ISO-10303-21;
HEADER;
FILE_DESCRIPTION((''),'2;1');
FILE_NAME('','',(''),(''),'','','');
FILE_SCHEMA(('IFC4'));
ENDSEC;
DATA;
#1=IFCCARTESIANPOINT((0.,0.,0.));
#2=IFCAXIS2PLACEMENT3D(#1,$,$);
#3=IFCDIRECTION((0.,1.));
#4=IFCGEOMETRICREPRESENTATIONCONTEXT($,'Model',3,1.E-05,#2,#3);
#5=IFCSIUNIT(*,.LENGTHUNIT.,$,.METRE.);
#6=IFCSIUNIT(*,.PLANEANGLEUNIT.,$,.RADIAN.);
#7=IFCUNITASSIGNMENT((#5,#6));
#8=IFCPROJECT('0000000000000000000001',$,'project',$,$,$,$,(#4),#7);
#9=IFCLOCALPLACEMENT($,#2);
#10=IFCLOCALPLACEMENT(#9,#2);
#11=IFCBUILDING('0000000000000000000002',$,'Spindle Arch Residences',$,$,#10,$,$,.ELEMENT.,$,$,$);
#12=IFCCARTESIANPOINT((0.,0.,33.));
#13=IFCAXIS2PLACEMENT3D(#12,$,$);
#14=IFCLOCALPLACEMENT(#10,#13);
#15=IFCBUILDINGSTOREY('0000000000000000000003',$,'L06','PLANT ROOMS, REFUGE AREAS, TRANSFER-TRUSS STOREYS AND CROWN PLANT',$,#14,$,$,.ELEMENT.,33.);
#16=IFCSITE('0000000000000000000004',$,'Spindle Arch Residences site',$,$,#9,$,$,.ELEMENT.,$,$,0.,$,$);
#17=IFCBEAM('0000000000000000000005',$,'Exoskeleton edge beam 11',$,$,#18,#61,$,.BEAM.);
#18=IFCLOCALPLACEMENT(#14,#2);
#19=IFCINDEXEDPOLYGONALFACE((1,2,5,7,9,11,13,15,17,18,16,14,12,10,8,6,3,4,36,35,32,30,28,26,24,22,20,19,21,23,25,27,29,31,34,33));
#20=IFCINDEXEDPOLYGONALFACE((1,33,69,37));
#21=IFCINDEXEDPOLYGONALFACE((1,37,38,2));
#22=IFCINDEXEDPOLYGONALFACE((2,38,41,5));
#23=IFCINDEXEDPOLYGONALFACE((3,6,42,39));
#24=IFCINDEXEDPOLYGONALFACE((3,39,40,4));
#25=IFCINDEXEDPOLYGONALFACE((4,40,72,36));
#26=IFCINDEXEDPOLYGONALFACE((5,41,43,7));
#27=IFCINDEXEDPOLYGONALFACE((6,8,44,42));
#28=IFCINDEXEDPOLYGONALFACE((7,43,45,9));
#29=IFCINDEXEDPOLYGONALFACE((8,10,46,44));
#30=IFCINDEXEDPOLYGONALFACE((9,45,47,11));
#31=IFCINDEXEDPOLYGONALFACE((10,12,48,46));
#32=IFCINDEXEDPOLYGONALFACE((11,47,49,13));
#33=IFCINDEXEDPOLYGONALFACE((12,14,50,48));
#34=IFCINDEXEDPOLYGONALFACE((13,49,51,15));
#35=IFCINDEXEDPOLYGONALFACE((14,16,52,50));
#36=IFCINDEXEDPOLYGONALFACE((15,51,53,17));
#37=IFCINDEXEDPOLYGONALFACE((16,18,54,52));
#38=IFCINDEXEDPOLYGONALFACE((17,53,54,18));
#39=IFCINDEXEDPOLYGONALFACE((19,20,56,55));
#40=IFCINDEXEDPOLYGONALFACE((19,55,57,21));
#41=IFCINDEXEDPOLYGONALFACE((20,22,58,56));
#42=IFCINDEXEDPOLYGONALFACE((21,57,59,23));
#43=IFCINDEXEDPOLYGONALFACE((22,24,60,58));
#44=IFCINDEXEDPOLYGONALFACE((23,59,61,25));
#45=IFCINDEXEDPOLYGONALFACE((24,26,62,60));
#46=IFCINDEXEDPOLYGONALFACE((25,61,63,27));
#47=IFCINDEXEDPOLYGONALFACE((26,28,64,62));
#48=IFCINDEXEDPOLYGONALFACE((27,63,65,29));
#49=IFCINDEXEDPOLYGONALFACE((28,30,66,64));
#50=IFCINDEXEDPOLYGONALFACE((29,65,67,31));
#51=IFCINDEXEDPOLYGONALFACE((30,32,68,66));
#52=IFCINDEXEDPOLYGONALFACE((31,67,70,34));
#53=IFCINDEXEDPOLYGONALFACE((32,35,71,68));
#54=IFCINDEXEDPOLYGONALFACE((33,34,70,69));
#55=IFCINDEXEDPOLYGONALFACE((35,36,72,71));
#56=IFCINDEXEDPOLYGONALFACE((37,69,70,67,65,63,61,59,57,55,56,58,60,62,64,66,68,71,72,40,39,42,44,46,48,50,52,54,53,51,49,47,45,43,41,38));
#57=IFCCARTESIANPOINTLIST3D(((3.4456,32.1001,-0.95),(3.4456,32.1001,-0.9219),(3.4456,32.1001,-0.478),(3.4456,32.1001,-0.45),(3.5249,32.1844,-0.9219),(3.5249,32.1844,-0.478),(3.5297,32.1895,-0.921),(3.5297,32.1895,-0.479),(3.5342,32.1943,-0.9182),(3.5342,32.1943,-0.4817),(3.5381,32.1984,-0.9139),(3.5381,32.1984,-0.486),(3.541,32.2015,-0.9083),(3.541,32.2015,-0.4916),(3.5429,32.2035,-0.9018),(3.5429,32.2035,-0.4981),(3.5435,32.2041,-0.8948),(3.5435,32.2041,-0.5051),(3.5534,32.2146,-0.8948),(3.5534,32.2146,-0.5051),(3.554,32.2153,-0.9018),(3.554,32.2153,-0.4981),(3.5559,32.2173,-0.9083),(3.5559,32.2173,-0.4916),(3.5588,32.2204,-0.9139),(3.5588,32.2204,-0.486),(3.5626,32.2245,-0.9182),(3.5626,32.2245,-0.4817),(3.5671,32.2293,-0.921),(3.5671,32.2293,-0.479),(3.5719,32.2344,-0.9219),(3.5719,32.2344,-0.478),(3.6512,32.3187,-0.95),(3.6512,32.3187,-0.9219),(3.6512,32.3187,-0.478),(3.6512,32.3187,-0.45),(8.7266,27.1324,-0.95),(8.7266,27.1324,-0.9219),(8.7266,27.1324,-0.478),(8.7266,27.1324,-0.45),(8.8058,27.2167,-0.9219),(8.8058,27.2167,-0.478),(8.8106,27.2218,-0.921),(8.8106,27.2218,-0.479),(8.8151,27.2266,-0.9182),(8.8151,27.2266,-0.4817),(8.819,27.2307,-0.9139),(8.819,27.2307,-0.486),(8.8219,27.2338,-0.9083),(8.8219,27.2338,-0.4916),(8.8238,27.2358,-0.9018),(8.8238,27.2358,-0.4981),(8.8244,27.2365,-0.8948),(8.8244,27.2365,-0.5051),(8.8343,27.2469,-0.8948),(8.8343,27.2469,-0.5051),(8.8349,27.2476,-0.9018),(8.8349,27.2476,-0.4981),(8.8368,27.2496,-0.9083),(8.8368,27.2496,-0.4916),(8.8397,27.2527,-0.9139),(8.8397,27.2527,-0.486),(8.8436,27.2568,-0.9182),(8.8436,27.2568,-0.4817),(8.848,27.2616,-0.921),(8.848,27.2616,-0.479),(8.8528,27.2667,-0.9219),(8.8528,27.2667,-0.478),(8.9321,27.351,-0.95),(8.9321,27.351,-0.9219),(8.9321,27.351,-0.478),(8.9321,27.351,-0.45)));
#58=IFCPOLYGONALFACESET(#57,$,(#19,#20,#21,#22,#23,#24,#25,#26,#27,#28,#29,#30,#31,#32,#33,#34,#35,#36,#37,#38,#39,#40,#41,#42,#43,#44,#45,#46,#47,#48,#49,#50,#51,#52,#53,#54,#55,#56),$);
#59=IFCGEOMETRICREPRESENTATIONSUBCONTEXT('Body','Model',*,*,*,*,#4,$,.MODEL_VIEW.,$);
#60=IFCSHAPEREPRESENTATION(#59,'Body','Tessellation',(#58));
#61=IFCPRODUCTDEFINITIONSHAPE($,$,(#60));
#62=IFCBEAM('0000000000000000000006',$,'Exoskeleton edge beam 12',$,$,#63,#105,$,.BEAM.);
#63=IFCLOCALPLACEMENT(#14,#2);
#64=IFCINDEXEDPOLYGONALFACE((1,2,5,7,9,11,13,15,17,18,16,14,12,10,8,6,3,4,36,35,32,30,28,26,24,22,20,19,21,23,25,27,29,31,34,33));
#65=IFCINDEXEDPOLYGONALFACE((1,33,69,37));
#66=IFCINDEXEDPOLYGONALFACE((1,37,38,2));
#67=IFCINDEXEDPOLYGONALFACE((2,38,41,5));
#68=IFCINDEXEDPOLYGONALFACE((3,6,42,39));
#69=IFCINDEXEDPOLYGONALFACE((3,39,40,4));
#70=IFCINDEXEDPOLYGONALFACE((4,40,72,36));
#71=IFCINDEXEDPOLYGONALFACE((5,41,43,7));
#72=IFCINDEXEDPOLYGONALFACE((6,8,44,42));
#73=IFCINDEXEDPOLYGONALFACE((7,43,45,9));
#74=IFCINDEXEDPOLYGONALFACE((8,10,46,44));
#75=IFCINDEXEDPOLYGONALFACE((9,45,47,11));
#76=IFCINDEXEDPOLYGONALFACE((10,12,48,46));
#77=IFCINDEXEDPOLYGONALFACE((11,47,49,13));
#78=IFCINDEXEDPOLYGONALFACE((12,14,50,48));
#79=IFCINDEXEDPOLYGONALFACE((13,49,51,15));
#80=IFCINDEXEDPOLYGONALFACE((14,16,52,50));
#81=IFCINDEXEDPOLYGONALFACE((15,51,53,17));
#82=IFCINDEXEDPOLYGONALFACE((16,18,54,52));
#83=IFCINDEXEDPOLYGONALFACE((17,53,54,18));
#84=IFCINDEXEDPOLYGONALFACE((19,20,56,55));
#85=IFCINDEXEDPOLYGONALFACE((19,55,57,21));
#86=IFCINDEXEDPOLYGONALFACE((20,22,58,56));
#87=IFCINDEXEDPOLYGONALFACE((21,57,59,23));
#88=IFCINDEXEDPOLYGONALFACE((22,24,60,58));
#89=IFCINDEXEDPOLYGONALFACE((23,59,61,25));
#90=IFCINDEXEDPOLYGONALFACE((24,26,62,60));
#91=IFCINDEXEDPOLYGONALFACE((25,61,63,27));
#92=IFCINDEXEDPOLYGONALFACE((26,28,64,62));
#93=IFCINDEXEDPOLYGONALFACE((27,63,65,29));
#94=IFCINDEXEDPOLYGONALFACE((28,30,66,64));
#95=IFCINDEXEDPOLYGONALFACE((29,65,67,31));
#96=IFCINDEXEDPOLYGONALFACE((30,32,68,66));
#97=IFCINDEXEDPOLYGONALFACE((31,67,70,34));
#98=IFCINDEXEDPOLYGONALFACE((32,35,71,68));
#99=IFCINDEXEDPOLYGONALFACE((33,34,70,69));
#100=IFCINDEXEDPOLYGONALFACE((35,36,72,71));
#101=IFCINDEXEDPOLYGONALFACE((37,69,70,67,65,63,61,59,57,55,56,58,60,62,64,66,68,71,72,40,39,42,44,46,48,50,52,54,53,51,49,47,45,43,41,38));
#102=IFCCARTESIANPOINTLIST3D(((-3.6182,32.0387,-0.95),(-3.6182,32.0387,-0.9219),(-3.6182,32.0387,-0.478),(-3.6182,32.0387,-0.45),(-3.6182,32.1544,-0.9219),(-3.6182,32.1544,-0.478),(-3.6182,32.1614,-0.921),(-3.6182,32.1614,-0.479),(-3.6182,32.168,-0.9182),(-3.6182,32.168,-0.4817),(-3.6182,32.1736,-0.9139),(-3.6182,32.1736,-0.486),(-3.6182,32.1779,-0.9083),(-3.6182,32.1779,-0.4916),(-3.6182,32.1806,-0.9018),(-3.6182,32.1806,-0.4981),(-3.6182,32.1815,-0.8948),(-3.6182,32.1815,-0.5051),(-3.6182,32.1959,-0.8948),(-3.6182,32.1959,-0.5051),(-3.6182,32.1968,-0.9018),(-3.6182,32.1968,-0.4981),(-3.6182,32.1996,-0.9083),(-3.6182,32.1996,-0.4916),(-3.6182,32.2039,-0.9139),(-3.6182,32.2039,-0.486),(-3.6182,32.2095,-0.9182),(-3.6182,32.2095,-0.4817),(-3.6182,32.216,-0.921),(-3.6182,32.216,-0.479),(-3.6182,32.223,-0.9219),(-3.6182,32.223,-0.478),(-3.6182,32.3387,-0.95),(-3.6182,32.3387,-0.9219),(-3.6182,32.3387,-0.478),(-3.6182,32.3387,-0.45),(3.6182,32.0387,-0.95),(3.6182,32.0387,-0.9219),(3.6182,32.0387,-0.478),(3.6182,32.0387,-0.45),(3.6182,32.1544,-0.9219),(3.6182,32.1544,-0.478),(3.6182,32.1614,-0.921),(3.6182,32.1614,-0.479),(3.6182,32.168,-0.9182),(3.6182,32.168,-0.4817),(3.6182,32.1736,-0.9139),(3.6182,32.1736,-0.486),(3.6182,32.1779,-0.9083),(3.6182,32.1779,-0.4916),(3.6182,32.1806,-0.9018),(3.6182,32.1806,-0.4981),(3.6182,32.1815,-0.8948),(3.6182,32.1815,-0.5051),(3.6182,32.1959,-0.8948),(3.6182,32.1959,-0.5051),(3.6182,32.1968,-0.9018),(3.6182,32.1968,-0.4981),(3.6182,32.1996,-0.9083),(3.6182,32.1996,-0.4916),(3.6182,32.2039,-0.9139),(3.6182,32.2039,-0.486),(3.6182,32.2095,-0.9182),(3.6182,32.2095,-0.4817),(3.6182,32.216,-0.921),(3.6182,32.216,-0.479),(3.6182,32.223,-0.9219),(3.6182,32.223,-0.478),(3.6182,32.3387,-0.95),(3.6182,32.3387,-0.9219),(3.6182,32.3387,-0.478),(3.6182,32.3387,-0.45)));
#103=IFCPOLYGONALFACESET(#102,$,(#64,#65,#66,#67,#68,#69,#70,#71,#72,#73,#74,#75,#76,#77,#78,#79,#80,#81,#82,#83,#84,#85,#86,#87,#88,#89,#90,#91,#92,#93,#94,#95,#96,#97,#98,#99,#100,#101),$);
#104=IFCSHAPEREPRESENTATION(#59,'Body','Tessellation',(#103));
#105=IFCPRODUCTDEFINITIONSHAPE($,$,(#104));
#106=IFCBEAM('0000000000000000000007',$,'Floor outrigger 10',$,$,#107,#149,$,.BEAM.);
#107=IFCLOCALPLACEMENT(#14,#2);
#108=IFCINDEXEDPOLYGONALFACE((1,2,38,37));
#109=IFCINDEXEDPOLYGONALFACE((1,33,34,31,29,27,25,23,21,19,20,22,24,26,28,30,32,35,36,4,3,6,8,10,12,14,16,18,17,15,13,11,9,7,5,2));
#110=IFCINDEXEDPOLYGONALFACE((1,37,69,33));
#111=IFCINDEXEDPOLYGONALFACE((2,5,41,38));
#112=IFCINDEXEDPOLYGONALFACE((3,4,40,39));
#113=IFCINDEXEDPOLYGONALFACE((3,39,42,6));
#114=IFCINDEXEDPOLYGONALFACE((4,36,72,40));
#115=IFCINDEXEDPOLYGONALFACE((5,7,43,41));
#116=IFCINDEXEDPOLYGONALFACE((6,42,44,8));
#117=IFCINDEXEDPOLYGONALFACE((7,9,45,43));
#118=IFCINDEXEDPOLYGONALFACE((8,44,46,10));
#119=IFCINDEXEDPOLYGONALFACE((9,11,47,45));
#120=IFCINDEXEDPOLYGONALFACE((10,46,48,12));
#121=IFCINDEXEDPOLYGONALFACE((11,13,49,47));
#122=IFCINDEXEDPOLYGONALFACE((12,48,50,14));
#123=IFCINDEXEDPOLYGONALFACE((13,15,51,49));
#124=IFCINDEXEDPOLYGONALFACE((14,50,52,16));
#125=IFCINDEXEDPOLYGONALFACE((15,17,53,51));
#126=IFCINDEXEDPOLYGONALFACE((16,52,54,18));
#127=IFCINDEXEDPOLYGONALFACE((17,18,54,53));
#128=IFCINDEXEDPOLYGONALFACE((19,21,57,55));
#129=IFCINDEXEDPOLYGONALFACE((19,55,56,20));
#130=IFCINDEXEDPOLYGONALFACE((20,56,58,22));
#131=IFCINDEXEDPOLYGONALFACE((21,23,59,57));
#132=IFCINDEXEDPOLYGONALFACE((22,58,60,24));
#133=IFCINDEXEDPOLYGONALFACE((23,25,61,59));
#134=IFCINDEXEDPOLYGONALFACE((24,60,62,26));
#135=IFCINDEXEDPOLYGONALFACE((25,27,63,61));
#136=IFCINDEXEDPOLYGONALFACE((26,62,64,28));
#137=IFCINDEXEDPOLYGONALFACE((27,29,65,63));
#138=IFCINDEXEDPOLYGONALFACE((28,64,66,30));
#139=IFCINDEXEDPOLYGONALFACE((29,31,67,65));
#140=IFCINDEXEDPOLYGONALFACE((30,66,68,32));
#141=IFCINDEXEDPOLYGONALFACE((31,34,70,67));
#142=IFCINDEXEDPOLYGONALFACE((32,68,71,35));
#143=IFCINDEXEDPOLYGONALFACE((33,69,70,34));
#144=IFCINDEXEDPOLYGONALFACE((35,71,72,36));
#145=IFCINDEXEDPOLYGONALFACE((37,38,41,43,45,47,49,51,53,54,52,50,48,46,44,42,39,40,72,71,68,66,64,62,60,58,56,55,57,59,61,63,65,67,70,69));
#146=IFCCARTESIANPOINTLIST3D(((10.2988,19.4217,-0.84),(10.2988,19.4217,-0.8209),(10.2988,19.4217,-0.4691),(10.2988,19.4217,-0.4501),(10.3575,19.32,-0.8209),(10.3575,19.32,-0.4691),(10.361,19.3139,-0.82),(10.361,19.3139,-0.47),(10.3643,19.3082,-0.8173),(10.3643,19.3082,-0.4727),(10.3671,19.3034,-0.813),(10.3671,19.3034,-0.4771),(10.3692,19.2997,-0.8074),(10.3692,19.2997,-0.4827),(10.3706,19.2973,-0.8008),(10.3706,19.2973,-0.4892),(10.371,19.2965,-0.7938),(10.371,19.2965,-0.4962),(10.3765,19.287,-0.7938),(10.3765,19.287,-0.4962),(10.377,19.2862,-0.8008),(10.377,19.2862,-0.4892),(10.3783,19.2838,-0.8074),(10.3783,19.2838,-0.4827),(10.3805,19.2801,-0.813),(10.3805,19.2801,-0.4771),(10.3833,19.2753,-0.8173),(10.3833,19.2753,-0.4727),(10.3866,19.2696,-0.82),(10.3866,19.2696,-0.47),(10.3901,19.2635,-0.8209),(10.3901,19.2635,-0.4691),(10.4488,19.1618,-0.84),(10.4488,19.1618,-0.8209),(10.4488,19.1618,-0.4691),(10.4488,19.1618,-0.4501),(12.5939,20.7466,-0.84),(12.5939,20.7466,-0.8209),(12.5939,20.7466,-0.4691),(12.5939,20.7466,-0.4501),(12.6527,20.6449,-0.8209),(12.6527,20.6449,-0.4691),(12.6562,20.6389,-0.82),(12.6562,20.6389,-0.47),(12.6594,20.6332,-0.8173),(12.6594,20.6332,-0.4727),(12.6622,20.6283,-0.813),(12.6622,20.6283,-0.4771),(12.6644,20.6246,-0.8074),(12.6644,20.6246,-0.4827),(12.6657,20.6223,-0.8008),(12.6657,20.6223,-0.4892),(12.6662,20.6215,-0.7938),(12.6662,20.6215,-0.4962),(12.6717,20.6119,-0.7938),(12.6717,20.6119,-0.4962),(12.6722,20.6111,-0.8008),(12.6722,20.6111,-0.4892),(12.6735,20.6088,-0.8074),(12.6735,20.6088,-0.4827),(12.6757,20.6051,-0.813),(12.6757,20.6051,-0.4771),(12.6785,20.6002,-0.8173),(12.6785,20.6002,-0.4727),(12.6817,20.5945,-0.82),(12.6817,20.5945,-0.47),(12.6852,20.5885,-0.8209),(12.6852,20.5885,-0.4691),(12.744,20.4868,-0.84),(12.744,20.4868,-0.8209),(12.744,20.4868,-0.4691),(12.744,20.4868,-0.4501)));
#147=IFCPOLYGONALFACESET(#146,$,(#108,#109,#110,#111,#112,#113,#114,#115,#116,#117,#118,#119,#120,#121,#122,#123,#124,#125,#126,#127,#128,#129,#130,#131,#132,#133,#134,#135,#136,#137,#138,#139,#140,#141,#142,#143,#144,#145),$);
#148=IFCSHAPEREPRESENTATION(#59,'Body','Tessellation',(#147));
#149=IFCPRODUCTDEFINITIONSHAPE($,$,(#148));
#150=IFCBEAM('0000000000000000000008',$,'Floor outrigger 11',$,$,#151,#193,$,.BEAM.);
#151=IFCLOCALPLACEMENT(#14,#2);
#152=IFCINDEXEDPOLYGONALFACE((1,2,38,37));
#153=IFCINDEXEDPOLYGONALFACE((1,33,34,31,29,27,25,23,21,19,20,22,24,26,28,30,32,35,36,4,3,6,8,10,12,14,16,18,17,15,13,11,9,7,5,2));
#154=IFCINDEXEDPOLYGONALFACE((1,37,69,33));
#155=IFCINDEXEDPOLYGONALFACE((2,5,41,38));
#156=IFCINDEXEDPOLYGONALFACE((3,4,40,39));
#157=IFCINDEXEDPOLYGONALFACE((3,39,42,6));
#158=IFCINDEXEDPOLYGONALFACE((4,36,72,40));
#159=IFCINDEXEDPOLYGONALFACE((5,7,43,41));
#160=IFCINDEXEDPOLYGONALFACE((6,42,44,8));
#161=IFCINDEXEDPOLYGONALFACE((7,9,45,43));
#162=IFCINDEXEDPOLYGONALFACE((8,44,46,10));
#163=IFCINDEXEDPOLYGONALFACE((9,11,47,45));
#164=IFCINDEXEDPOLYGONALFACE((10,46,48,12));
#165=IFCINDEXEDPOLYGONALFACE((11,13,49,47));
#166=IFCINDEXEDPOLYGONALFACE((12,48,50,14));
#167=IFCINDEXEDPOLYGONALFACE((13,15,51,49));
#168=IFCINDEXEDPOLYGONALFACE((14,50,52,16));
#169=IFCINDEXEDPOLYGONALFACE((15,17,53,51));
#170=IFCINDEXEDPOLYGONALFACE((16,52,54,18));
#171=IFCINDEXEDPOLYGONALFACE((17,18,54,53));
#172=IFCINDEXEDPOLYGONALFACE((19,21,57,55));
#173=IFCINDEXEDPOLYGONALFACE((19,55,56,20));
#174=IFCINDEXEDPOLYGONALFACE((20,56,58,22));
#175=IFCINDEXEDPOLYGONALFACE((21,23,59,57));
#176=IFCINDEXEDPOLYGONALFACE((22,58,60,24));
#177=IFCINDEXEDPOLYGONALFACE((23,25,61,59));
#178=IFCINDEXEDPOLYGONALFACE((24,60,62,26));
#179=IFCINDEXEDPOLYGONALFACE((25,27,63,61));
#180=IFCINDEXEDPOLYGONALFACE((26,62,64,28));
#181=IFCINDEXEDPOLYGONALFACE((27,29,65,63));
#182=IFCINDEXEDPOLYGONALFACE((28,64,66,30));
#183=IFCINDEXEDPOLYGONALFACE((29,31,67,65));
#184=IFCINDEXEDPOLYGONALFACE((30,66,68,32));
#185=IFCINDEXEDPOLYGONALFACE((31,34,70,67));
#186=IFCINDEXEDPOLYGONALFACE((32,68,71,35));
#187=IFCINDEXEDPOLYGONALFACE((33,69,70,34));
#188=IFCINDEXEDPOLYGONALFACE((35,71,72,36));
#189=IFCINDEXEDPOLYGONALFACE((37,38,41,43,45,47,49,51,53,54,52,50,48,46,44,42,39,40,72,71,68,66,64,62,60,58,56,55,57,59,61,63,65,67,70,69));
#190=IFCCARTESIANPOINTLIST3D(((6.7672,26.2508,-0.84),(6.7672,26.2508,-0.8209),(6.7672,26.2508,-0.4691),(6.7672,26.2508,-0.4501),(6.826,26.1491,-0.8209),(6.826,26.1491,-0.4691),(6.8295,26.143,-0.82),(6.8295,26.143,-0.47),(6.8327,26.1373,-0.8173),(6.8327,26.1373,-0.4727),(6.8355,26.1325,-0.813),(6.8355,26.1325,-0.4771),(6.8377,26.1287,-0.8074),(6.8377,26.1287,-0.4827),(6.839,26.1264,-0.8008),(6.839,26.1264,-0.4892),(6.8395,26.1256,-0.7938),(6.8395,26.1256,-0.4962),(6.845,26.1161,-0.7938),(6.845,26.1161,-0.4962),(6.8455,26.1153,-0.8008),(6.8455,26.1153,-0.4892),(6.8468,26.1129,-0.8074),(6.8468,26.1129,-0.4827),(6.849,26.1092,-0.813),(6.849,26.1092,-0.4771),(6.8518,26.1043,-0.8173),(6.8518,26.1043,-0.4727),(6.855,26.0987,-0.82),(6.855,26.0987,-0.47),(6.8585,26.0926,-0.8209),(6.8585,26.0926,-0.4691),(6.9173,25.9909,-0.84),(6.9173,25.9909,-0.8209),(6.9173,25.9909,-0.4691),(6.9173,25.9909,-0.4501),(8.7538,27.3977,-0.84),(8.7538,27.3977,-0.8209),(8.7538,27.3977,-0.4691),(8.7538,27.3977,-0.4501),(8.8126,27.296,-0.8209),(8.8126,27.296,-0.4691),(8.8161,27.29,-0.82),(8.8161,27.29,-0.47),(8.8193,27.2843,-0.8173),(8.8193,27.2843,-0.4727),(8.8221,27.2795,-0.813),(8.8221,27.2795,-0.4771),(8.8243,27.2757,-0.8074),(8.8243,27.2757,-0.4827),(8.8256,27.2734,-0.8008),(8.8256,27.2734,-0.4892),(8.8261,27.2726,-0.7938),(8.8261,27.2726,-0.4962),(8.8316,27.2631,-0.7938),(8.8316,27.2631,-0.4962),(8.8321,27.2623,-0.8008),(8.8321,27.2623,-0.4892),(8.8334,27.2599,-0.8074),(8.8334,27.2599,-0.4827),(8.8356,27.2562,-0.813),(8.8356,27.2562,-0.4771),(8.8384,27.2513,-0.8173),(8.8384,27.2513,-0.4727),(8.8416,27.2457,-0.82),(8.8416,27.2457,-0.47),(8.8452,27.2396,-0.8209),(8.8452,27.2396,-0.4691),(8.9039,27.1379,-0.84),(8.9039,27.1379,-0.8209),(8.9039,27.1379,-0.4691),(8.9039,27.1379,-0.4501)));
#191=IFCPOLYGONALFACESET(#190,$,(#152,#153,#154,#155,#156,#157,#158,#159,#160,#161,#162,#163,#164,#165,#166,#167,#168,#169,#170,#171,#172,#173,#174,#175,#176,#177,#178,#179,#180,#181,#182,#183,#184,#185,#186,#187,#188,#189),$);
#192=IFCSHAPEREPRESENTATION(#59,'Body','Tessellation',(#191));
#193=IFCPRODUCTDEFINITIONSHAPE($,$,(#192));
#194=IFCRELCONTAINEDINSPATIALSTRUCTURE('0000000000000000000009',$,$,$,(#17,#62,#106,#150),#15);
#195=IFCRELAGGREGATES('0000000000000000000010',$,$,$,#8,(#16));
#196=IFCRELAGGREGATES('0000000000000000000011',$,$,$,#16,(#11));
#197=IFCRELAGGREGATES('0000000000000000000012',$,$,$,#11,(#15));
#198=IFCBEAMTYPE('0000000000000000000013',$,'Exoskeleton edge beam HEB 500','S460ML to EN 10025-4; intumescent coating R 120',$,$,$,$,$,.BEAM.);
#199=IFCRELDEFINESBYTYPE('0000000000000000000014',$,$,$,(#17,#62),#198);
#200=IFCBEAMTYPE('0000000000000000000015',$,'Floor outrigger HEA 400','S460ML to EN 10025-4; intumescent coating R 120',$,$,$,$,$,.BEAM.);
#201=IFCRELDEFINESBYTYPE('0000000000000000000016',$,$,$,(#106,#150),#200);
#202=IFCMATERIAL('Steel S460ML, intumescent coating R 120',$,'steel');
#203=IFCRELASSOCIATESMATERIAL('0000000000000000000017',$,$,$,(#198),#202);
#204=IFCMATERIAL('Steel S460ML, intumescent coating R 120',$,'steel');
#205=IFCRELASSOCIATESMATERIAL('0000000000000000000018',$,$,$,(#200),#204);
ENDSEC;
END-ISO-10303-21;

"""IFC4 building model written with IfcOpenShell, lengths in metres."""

from ifc_helpers import new_model, si_unit, direction, frame, origin, origin_2d, place, context, subcontext, project, spatial, i_section, extrude, material, material_profile, profile_set, type_object, element, save


model = new_model("IFC4")

# Units and contexts
model_context = context("Model", 3, precision=1e-05, world=origin(), true_north=direction((0.0, 1.0)))
body_context = subcontext(model_context, "Body", "Model", "MODEL_VIEW")
ifc_project = project(units=[si_unit("LENGTHUNIT", "METRE"), si_unit("PLANEANGLEUNIT", "RADIAN")], contexts=[model_context])

# Site, building, storey
site_placement = place(None, origin())
site = spatial("IfcSite", under=ifc_project, at=site_placement, Name="Spindle Arch Residences site", CompositionType="ELEMENT", RefElevation=0.0)
building_placement = place(site_placement, origin())
building = spatial("IfcBuilding", under=site, at=building_placement, Name="Spindle Arch Residences", CompositionType="ELEMENT")
storey_placement = place(building_placement, frame((0.0, 0.0, 33.0)))
storey = spatial("IfcBuildingStorey", under=building, at=storey_placement, Name="L06", Description="PLANT ROOMS, REFUGE AREAS, TRANSFER-TRUSS STOREYS AND CROWN PLANT", CompositionType="ELEMENT", Elevation=33.0)

# Beams
ifc_material_1 = material(Name="Steel S460ML, intumescent coating R 120", Category="steel")
ifc_material_profile_1 = material_profile(ifc_material_1, i_section(OverallWidth=0.3, OverallDepth=0.5, WebThickness=0.0144, FlangeThickness=0.0281, FilletRadius=0.0271, at=origin_2d()), Name="HEB 500")
ifc_profile_set_1 = profile_set([ifc_material_profile_1], Name="Steel S460ML, intumescent coating R 120")
beam_type_1 = type_object("IfcBeamType", Name="Exoskeleton edge beam HEB 500", Description="S460ML to EN 10025-4; intumescent coating R 120", PredefinedType="BEAM", material=ifc_profile_set_1)
beam_1_placement = place(storey_placement, frame((8.8293, 27.2417, -0.7), z_axis=(-0.728378, 0.685176, 0.0), x_axis=(-0.685176, -0.728378, 0.0)))
element("IfcBeam", 1, at=beam_1_placement, inside=storey, type_object=beam_type_1, Name="Exoskeleton edge beam 11", PredefinedType="BEAM", context=body_context, shape_type="SweptSolid", body=[
    extrude(i_section(OverallWidth=0.3, OverallDepth=0.5, WebThickness=0.0144, FlangeThickness=0.0281, FilletRadius=0.0271, at=origin_2d()), origin(), (0.0, 0.0, 1.0), 7.2502),
])
beam_2_placement = place(storey_placement, frame((3.6182, 32.1887, -0.7), z_axis=(-1.0, 0.0, 0.0), x_axis=(0.0, -1.0, 0.0)))
element("IfcBeam", 2, at=beam_2_placement, inside=storey, type_object=beam_type_1, Name="Exoskeleton edge beam 12", PredefinedType="BEAM", context=body_context, shape_type="SweptSolid", body=[
    extrude(i_section(OverallWidth=0.3, OverallDepth=0.5, WebThickness=0.0144, FlangeThickness=0.0281, FilletRadius=0.0271, at=origin_2d()), origin(), (0.0, 0.0, 1.0), 7.2363),
])
ifc_material_2 = material(Name="Steel S460ML, intumescent coating R 120", Category="steel")
ifc_material_profile_2 = material_profile(ifc_material_2, i_section(OverallWidth=0.3, OverallDepth=0.3899, WebThickness=0.011, FlangeThickness=0.019, FilletRadius=0.0271, at=origin_2d()), Name="HEA 400")
ifc_profile_set_2 = profile_set([ifc_material_profile_2], Name="Steel S460ML, intumescent coating R 120")
beam_type_2 = type_object("IfcBeamType", Name="Floor outrigger HEA 400", Description="S460ML to EN 10025-4; intumescent coating R 120", PredefinedType="BEAM", material=ifc_profile_set_2)
beam_3_placement = place(storey_placement, frame((12.6689, 20.6167, -0.645), z_axis=(-0.866052, -0.499954, 0.0), x_axis=(0.499954, -0.866052, 0.0)))
element("IfcBeam", 3, at=beam_3_placement, inside=storey, type_object=beam_type_2, Name="Floor outrigger 10", PredefinedType="BEAM", context=body_context, shape_type="SweptSolid", body=[
    extrude(i_section(OverallWidth=0.3, OverallDepth=0.3899, WebThickness=0.011, FlangeThickness=0.019, FilletRadius=0.0271, at=origin_2d()), origin(), (0.0, 0.0, 1.0), 2.6501),
])
beam_4_placement = place(storey_placement, frame((8.8289, 27.2678, -0.645), z_axis=(-0.866021, -0.500008, 0.0), x_axis=(0.500008, -0.866021, 0.0)))
element("IfcBeam", 4, at=beam_4_placement, inside=storey, type_object=beam_type_2, Name="Floor outrigger 11", PredefinedType="BEAM", context=body_context, shape_type="SweptSolid", body=[
    extrude(i_section(OverallWidth=0.3, OverallDepth=0.3899, WebThickness=0.011, FlangeThickness=0.019, FilletRadius=0.0271, at=origin_2d()), origin(), (0.0, 0.0, 1.0), 2.2939),
])

save(model, "model.ifc")
